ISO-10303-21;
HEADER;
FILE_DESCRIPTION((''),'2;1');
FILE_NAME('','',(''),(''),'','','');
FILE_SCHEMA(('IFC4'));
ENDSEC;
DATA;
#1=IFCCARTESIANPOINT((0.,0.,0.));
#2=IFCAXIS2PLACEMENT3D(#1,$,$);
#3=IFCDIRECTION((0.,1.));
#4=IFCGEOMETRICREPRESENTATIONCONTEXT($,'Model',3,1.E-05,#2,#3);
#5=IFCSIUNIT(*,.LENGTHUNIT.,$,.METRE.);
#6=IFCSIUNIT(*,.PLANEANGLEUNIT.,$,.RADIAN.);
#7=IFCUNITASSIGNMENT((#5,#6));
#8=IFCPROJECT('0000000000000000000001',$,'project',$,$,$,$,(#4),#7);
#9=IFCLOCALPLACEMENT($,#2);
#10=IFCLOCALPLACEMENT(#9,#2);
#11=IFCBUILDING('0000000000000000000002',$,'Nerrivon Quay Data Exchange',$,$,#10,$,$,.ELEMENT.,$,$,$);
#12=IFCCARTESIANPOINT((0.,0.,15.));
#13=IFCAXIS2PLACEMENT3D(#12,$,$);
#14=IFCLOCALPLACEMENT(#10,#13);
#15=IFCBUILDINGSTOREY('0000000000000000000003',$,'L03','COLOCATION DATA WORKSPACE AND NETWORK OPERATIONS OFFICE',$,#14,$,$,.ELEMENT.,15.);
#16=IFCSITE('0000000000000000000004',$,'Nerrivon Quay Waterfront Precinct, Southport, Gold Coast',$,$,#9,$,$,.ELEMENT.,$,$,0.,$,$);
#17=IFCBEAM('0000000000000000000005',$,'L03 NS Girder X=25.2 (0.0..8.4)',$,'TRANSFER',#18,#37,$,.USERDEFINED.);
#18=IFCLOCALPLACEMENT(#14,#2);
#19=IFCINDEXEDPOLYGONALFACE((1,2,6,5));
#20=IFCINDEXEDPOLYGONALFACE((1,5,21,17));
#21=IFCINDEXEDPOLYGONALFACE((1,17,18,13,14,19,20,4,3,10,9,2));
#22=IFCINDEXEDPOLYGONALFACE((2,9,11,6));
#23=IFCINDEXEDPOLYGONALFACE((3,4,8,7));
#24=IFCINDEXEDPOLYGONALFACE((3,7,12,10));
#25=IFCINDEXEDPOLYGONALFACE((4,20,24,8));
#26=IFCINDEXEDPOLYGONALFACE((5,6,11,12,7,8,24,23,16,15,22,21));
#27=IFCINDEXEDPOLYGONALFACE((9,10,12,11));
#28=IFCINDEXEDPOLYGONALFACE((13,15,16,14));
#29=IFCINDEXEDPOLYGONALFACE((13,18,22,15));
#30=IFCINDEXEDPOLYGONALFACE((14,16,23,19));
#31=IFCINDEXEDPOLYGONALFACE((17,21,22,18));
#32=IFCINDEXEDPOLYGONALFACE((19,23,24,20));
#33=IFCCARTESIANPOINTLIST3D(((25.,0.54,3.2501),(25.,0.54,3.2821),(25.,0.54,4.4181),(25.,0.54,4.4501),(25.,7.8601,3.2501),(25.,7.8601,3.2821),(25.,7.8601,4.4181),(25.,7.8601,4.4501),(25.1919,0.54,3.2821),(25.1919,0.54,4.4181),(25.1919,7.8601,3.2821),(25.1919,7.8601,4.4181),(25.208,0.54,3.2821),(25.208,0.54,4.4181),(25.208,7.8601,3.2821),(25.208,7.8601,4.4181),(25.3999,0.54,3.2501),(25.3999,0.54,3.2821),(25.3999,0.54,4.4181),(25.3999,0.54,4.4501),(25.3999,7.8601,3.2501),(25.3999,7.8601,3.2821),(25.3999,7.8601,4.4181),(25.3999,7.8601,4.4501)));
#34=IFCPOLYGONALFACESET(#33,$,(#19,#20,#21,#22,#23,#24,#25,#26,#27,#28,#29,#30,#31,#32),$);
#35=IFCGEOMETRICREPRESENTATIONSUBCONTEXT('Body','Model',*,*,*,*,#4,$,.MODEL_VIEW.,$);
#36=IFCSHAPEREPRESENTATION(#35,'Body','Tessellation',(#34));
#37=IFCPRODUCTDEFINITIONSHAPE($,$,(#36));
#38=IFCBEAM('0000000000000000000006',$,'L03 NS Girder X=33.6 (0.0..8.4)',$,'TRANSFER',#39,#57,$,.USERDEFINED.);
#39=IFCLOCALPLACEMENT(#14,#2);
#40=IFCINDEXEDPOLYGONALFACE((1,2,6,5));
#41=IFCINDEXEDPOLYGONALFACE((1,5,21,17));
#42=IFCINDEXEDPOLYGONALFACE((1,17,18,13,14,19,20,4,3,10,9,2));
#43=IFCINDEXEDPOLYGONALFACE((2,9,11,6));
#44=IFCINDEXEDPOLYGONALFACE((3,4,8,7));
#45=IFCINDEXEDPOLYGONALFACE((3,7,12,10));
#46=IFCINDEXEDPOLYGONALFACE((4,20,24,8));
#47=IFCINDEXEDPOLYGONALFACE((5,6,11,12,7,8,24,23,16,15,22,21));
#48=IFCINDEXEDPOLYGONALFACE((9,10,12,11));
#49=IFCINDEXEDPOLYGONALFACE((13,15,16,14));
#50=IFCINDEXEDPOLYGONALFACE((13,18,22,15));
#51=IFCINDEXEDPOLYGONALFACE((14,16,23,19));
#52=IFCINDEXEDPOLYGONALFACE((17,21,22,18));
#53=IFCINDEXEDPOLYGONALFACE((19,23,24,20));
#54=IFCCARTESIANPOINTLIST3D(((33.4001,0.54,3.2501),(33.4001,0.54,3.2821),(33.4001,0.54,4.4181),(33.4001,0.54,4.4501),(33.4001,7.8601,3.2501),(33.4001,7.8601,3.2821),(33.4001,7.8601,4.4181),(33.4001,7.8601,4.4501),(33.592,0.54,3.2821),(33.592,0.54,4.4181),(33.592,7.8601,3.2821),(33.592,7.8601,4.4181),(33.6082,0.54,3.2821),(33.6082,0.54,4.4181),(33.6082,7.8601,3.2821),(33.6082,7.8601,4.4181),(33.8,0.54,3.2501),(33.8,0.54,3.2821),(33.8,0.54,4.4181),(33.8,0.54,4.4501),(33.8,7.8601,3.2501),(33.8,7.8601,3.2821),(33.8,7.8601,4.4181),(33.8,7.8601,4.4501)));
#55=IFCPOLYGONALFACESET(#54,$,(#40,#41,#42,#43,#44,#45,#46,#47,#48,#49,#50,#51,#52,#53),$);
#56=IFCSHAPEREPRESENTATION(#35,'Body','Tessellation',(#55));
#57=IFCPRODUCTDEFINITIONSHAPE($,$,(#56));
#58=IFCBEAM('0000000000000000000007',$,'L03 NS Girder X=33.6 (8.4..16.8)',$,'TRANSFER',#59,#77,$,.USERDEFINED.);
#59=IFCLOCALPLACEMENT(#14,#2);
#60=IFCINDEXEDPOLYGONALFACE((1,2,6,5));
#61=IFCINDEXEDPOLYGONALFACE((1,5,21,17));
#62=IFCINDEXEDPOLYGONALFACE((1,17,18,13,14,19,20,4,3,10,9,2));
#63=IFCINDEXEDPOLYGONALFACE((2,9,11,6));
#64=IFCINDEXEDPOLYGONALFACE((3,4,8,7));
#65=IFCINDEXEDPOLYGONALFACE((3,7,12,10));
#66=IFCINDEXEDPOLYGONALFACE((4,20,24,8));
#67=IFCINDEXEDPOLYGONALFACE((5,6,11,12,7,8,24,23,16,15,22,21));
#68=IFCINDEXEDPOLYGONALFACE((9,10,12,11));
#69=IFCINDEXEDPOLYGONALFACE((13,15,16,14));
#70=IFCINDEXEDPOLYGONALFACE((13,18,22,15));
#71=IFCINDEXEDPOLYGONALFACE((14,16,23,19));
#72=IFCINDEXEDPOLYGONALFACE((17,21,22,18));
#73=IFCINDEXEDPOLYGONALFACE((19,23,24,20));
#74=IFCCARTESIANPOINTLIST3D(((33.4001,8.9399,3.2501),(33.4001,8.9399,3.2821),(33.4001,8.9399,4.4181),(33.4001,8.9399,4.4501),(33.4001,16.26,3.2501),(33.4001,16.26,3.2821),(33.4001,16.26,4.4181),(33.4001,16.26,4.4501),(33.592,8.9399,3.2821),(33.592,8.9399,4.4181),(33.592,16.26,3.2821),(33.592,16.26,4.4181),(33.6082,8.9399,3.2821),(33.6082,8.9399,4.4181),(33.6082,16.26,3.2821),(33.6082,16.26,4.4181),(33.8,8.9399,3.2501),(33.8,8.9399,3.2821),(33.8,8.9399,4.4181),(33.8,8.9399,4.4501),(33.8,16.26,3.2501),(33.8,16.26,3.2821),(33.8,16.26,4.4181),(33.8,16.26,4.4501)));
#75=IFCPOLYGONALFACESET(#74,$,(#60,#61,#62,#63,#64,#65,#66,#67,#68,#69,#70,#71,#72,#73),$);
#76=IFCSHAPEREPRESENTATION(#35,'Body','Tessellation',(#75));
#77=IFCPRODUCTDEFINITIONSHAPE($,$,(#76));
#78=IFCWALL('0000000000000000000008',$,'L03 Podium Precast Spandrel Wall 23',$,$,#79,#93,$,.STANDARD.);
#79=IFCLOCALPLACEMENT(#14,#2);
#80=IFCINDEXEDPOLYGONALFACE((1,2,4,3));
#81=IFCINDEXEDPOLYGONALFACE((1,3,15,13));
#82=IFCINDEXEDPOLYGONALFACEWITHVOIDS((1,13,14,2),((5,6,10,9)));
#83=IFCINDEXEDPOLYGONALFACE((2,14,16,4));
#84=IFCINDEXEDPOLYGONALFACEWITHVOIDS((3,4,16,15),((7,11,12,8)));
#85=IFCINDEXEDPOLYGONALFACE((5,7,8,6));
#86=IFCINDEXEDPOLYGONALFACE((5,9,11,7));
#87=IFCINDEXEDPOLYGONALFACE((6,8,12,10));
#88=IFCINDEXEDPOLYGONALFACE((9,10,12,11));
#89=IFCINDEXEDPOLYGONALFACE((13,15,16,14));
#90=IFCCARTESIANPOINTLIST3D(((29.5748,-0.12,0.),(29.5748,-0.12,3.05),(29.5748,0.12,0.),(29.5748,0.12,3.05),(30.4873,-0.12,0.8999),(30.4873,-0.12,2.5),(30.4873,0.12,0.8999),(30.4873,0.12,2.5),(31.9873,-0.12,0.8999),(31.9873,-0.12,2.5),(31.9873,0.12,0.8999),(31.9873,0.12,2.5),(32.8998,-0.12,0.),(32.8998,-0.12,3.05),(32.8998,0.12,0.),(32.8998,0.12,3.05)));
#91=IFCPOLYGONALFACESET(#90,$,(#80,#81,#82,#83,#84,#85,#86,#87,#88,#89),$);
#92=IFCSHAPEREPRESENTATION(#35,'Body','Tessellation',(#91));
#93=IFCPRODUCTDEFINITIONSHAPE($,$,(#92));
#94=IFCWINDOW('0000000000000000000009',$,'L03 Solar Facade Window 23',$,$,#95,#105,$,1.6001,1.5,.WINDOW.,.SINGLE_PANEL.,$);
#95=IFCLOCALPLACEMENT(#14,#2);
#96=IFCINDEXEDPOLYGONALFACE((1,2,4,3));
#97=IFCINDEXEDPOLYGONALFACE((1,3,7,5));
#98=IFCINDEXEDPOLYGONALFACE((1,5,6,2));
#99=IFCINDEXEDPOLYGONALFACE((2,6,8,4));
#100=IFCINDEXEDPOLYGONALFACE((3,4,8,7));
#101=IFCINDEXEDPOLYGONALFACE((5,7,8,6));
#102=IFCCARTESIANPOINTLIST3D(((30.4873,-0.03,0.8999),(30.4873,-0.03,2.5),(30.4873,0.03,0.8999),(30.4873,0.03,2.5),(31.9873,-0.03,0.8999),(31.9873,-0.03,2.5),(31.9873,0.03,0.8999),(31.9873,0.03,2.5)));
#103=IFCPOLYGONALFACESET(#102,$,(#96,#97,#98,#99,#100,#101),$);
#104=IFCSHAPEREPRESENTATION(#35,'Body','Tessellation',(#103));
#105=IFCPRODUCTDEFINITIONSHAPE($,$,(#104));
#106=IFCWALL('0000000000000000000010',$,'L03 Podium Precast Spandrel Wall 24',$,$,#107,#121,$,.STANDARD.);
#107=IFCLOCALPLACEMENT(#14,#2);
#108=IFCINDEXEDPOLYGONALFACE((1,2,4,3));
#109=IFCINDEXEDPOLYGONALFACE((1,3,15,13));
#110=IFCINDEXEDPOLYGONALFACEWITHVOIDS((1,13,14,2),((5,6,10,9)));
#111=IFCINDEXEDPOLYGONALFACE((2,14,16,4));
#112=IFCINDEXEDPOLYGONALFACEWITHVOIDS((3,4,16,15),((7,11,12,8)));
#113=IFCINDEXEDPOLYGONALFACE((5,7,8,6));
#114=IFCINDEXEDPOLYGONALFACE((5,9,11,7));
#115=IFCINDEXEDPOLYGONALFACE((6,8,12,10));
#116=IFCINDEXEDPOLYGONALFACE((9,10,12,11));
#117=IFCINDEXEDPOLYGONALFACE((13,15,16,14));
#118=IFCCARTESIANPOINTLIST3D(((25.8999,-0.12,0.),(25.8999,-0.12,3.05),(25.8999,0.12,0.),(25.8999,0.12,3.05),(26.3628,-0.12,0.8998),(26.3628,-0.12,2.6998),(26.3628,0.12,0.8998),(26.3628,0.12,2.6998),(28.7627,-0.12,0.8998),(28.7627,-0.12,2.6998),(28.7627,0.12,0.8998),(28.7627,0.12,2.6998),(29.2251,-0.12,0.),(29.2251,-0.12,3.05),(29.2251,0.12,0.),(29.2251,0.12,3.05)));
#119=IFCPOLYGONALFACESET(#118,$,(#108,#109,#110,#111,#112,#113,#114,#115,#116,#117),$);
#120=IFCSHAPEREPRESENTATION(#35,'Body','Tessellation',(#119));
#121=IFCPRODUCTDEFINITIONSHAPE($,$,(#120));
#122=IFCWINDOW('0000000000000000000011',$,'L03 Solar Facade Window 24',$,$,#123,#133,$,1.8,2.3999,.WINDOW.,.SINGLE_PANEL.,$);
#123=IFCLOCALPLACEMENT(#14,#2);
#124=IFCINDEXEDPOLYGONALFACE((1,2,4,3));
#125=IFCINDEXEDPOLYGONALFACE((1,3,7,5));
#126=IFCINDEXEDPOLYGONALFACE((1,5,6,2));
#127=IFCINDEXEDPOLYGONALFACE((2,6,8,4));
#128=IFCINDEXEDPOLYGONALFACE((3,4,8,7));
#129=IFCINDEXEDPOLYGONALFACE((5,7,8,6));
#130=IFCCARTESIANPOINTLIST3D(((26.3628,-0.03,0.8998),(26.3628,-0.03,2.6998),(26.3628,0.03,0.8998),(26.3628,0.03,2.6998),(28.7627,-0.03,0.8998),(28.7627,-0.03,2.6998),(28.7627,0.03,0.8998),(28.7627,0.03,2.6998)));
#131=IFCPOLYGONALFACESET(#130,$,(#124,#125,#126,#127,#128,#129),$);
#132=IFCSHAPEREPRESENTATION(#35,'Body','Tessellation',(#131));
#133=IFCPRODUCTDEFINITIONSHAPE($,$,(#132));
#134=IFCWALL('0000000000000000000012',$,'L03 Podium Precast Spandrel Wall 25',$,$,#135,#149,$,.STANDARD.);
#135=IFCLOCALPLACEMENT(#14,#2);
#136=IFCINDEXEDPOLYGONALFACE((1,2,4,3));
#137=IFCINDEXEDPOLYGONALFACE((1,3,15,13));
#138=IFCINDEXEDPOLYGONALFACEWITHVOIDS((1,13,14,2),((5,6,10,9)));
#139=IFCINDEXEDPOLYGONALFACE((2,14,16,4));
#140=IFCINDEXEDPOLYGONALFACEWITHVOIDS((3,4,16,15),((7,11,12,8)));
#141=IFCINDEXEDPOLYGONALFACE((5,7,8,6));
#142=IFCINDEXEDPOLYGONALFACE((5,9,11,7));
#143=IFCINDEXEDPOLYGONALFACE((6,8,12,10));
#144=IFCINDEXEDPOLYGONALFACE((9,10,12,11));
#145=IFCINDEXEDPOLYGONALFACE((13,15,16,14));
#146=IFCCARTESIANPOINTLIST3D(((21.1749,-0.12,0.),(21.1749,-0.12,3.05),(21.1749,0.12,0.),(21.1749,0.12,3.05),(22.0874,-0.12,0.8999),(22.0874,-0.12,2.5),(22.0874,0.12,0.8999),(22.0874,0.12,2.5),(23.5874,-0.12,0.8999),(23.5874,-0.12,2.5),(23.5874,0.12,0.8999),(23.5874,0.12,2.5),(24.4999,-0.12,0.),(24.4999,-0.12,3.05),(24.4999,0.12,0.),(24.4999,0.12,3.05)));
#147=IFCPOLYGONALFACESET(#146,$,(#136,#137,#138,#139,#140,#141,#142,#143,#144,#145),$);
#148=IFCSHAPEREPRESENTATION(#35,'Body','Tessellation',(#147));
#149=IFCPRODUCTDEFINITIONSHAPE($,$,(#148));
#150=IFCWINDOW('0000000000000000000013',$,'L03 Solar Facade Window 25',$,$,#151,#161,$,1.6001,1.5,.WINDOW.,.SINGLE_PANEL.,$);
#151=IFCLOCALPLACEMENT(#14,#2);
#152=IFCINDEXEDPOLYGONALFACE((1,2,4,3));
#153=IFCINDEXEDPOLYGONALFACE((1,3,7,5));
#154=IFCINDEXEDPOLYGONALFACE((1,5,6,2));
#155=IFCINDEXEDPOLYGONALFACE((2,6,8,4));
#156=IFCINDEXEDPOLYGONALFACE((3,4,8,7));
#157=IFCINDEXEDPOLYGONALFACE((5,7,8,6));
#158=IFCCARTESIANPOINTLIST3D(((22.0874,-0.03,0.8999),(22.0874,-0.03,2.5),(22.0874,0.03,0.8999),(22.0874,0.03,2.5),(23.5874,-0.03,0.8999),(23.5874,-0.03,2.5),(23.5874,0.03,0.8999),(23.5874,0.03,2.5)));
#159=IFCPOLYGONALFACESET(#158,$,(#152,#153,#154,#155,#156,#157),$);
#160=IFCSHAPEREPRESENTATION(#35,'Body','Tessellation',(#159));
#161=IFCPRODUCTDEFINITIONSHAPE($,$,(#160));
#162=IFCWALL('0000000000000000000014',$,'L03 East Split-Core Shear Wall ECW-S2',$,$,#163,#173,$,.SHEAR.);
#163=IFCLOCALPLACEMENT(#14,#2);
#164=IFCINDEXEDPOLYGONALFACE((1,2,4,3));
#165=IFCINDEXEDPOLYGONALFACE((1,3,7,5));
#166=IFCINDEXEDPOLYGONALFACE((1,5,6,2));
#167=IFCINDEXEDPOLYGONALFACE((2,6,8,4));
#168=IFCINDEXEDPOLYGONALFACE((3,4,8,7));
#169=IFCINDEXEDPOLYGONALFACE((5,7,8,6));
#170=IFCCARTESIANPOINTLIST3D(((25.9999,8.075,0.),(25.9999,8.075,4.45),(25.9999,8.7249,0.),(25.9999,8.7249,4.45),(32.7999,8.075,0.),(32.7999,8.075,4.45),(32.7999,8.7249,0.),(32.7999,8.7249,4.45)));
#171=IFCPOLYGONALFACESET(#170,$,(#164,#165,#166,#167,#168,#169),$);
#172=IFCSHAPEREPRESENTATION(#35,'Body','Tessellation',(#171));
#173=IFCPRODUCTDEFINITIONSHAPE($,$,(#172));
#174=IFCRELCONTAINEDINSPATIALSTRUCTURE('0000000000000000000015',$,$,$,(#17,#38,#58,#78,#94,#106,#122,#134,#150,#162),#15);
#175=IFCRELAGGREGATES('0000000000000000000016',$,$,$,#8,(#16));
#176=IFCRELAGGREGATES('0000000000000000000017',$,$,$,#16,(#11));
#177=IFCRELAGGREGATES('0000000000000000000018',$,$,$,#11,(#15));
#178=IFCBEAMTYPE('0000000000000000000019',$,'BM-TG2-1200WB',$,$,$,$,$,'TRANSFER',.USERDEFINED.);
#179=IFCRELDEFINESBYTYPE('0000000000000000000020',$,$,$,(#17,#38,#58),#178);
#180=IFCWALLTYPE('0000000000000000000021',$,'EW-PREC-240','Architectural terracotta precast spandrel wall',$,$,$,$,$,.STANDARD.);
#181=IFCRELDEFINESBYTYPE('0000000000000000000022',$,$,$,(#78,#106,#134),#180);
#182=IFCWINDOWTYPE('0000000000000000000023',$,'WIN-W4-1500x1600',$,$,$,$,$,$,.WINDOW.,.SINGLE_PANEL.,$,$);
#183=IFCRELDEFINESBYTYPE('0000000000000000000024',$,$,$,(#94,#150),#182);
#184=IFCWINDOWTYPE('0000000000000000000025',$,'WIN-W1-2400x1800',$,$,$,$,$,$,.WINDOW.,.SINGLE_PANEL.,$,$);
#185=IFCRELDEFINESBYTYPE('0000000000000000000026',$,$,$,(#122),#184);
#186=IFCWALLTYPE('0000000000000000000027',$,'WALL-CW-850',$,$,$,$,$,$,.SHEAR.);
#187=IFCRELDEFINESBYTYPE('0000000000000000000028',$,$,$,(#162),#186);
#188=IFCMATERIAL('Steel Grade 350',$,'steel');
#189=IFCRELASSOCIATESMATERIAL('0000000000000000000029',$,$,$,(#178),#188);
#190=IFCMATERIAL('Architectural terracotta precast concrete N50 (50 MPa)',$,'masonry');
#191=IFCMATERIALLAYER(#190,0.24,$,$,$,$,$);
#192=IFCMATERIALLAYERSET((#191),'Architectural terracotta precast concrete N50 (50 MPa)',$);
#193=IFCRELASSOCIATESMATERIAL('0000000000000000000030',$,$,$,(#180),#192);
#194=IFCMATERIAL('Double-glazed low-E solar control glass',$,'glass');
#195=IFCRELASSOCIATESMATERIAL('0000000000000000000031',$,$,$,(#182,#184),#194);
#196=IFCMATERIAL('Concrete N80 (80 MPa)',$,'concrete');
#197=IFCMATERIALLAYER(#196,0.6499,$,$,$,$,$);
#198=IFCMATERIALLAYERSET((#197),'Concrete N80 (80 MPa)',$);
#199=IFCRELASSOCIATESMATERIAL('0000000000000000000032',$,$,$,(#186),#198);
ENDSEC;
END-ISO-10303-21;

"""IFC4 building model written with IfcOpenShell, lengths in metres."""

from ifc_helpers import new_model, si_unit, direction, frame, frame_2d, origin, origin_2d, place, context, subcontext, project, spatial, rectangle, i_section, extrude, material, layer, layer_set, material_profile, profile_set, type_object, element, fill, save


model = new_model("IFC4")

# Units and contexts
model_context = context("Model", 3, precision=1e-05, world=origin(), true_north=direction((0.0, 1.0)))
body_context = subcontext(model_context, "Body", "Model", "MODEL_VIEW")
ifc_project = project(units=[si_unit("LENGTHUNIT", "METRE"), si_unit("PLANEANGLEUNIT", "RADIAN")], contexts=[model_context])

# Site, building, storey
site_placement = place(None, origin())
site = spatial("IfcSite", under=ifc_project, at=site_placement, Name="Nerrivon Quay Waterfront Precinct, Southport, Gold Coast", CompositionType="ELEMENT", RefElevation=0.0)
building_placement = place(site_placement, origin())
building = spatial("IfcBuilding", under=site, at=building_placement, Name="Nerrivon Quay Data Exchange", CompositionType="ELEMENT")
storey_placement = place(building_placement, frame((0.0, 0.0, 15.0)))
storey = spatial("IfcBuildingStorey", under=building, at=storey_placement, Name="L03", Description="COLOCATION DATA WORKSPACE AND NETWORK OPERATIONS OFFICE", CompositionType="ELEMENT", Elevation=15.0)

# Shared definitions
ifc_material_1 = material(Name="Concrete N80 (80 MPa)", Category="concrete")

# Beams
ifc_material_2 = material(Name="Steel Grade 350", Category="steel")
ifc_material_profile_1 = material_profile(ifc_material_2, i_section(OverallWidth=0.3999, OverallDepth=1.2, WebThickness=0.0161, FlangeThickness=0.032, at=origin_2d()), Name="1200WB342")
ifc_profile_set_1 = profile_set([ifc_material_profile_1], Name="Steel Grade 350")
beam_type_1 = type_object("IfcBeamType", Name="BM-TG2-1200WB", ElementType="TRANSFER", PredefinedType="USERDEFINED", material=ifc_profile_set_1)
for number, where, z_axis, x_axis, name in (
    (1, (25.2, 0.54, 3.8501), (0.0, 1.0, 0.0), (-1.0, 0.0, 0.0), "L03 NS Girder X=25.2 (0.0..8.4)"),
    (2, (33.6001, 0.54, 3.8501), (0.0, 1.0, 0.0), (-1.0, 0.0, 0.0), "L03 NS Girder X=33.6 (0.0..8.4)"),
    (3, (33.6001, 8.9399, 3.8501), (0.0, 1.0, 0.0), (-1.0, 0.0, 0.0), "L03 NS Girder X=33.6 (8.4..16.8)"),
):
    element("IfcBeam", number, at=place(storey_placement, frame(where, z_axis=z_axis, x_axis=x_axis)), inside=storey, type_object=beam_type_1, Name=name, ObjectType="TRANSFER", PredefinedType="USERDEFINED", context=body_context, shape_type="SweptSolid", body=[
        extrude(i_section(OverallWidth=0.3999, OverallDepth=1.2, WebThickness=0.0161, FlangeThickness=0.032, at=origin_2d()), origin(), (0.0, 0.0, 1.0), 7.3201),
    ])

# Walls, openings, windows
ifc_material_3 = material(Name="Architectural terracotta precast concrete N50 (50 MPa)", Category="masonry")
ifc_layer_1 = layer(ifc_material_3, 0.24)
ifc_layer_set_1 = layer_set([ifc_layer_1], Name="Architectural terracotta precast concrete N50 (50 MPa)")
wall_type_1 = type_object("IfcWallType", Name="EW-PREC-240", Description="Architectural terracotta precast spandrel wall", PredefinedType="STANDARD", material=ifc_layer_set_1)
wall_1_placement = place(storey_placement, frame((32.8999, 0.0, 0.0), z_axis=(0.0, 0.0, 1.0), x_axis=(-1.0, 0.0, 0.0)))
wall_1 = element("IfcWall", 4, at=wall_1_placement, inside=storey, type_object=wall_type_1, Name="L03 Podium Precast Spandrel Wall 23", PredefinedType="STANDARD", context=body_context, shape_type="SweptSolid", body=[
    extrude(rectangle(XDim=3.325, YDim=0.24, at=frame_2d((1.6626, 0.0))), origin(), (0.0, 0.0, 1.0), 3.05),
])
opening_1_placement = place(wall_1_placement, frame((0.9126, 0.0, 0.8999)))
opening_1 = element("IfcOpeningElement", 5, at=opening_1_placement, cuts=wall_1, PredefinedType="OPENING", context=body_context, shape_type="SweptSolid", body=[
    extrude(rectangle(XDim=1.5, YDim=1.6001, at=frame_2d((0.75, 0.8))), frame((0.0, 0.1299, 0.0), z_axis=(0.0, -1.0, 0.0), x_axis=(1.0, 0.0, 0.0)), (0.0, 0.0, 1.0), 0.26),
])
ifc_material_4 = material(Name="Double-glazed low-E solar control glass", Category="glass")
window_type_1 = type_object("IfcWindowType", Name="WIN-W4-1500x1600", PartitioningType="SINGLE_PANEL", PredefinedType="WINDOW", material=ifc_material_4)
window_1_placement = place(opening_1_placement, origin())
window_1 = element("IfcWindow", 6, at=window_1_placement, inside=storey, type_object=window_type_1, Name="L03 Solar Facade Window 23", OverallHeight=1.6001, OverallWidth=1.5, PartitioningType="SINGLE_PANEL", PredefinedType="WINDOW", context=body_context, shape_type="SweptSolid", body=[
    extrude(rectangle(XDim=1.5, YDim=1.6001, at=frame_2d((0.75, 0.8))), frame((0.0, 0.03, 0.0), z_axis=(0.0, -1.0, 0.0), x_axis=(1.0, 0.0, 0.0)), (0.0, 0.0, 1.0), 0.0601),
])
fill(opening_1, window_1)
wall_2_placement = place(storey_placement, frame((29.2251, 0.0, 0.0), z_axis=(0.0, 0.0, 1.0), x_axis=(-1.0, 0.0, 0.0)))
wall_2 = element("IfcWall", 7, at=wall_2_placement, inside=storey, type_object=wall_type_1, Name="L03 Podium Precast Spandrel Wall 24", PredefinedType="STANDARD", context=body_context, shape_type="SweptSolid", body=[
    extrude(rectangle(XDim=3.3252, YDim=0.24, at=frame_2d((1.6626, 0.0))), origin(), (0.0, 0.0, 1.0), 3.05),
])
opening_2_placement = place(wall_2_placement, frame((0.4624, 0.0, 0.8999)))
opening_2 = element("IfcOpeningElement", 8, at=opening_2_placement, cuts=wall_2, PredefinedType="OPENING", context=body_context, shape_type="SweptSolid", body=[
    extrude(rectangle(XDim=2.3999, YDim=1.8, at=frame_2d((1.2, 0.8999))), frame((0.0, 0.1299, 0.0), z_axis=(0.0, -1.0, 0.0), x_axis=(1.0, 0.0, 0.0)), (0.0, 0.0, 1.0), 0.26),
])
window_type_2 = type_object("IfcWindowType", Name="WIN-W1-2400x1800", PartitioningType="SINGLE_PANEL", PredefinedType="WINDOW", material=ifc_material_4)
window_2_placement = place(opening_2_placement, origin())
window_2 = element("IfcWindow", 9, at=window_2_placement, inside=storey, type_object=window_type_2, Name="L03 Solar Facade Window 24", OverallHeight=1.8, OverallWidth=2.3999, PartitioningType="SINGLE_PANEL", PredefinedType="WINDOW", context=body_context, shape_type="SweptSolid", body=[
    extrude(rectangle(XDim=2.3999, YDim=1.8, at=frame_2d((1.2, 0.8999))), frame((0.0, 0.03, 0.0), z_axis=(0.0, -1.0, 0.0), x_axis=(1.0, 0.0, 0.0)), (0.0, 0.0, 1.0), 0.0601),
])
fill(opening_2, window_2)
wall_3_placement = place(storey_placement, frame((24.5, 0.0, 0.0), z_axis=(0.0, 0.0, 1.0), x_axis=(-1.0, 0.0, 0.0)))
wall_3 = element("IfcWall", 10, at=wall_3_placement, inside=storey, type_object=wall_type_1, Name="L03 Podium Precast Spandrel Wall 25", PredefinedType="STANDARD", context=body_context, shape_type="SweptSolid", body=[
    extrude(rectangle(XDim=3.325, YDim=0.24, at=frame_2d((1.6626, 0.0))), origin(), (0.0, 0.0, 1.0), 3.05),
])
opening_3_placement = place(wall_3_placement, frame((0.9126, 0.0, 0.8999)))
opening_3 = element("IfcOpeningElement", 11, at=opening_3_placement, cuts=wall_3, PredefinedType="OPENING", context=body_context, shape_type="SweptSolid", body=[
    extrude(rectangle(XDim=1.5, YDim=1.6001, at=frame_2d((0.75, 0.8))), frame((0.0, 0.1299, 0.0), z_axis=(0.0, -1.0, 0.0), x_axis=(1.0, 0.0, 0.0)), (0.0, 0.0, 1.0), 0.26),
])
window_3_placement = place(opening_3_placement, origin())
window_3 = element("IfcWindow", 12, at=window_3_placement, inside=storey, type_object=window_type_1, Name="L03 Solar Facade Window 25", OverallHeight=1.6001, OverallWidth=1.5, PartitioningType="SINGLE_PANEL", PredefinedType="WINDOW", context=body_context, shape_type="SweptSolid", body=[
    extrude(rectangle(XDim=1.5, YDim=1.6001, at=frame_2d((0.75, 0.8))), frame((0.0, 0.03, 0.0), z_axis=(0.0, -1.0, 0.0), x_axis=(1.0, 0.0, 0.0)), (0.0, 0.0, 1.0), 0.0601),
])
fill(opening_3, window_3)

# Wall
ifc_layer_2 = layer(ifc_material_1, 0.6499)
ifc_layer_set_2 = layer_set([ifc_layer_2], Name="Concrete N80 (80 MPa)")
wall_type_2 = type_object("IfcWallType", Name="WALL-CW-850", PredefinedType="SHEAR", material=ifc_layer_set_2)
wall_4_placement = place(storey_placement, frame((26.0, 8.3999, 0.0), z_axis=(0.0, 0.0, 1.0), x_axis=(1.0, 0.0, 0.0)))
element("IfcWall", 13, at=wall_4_placement, inside=storey, type_object=wall_type_2, Name="L03 East Split-Core Shear Wall ECW-S2", PredefinedType="SHEAR", context=body_context, shape_type="SweptSolid", body=[
    extrude(rectangle(XDim=6.8, YDim=0.6499, at=frame_2d((3.3999, 0.0))), origin(), (0.0, 0.0, 1.0), 4.45),
])

save(model, "model.ifc")
